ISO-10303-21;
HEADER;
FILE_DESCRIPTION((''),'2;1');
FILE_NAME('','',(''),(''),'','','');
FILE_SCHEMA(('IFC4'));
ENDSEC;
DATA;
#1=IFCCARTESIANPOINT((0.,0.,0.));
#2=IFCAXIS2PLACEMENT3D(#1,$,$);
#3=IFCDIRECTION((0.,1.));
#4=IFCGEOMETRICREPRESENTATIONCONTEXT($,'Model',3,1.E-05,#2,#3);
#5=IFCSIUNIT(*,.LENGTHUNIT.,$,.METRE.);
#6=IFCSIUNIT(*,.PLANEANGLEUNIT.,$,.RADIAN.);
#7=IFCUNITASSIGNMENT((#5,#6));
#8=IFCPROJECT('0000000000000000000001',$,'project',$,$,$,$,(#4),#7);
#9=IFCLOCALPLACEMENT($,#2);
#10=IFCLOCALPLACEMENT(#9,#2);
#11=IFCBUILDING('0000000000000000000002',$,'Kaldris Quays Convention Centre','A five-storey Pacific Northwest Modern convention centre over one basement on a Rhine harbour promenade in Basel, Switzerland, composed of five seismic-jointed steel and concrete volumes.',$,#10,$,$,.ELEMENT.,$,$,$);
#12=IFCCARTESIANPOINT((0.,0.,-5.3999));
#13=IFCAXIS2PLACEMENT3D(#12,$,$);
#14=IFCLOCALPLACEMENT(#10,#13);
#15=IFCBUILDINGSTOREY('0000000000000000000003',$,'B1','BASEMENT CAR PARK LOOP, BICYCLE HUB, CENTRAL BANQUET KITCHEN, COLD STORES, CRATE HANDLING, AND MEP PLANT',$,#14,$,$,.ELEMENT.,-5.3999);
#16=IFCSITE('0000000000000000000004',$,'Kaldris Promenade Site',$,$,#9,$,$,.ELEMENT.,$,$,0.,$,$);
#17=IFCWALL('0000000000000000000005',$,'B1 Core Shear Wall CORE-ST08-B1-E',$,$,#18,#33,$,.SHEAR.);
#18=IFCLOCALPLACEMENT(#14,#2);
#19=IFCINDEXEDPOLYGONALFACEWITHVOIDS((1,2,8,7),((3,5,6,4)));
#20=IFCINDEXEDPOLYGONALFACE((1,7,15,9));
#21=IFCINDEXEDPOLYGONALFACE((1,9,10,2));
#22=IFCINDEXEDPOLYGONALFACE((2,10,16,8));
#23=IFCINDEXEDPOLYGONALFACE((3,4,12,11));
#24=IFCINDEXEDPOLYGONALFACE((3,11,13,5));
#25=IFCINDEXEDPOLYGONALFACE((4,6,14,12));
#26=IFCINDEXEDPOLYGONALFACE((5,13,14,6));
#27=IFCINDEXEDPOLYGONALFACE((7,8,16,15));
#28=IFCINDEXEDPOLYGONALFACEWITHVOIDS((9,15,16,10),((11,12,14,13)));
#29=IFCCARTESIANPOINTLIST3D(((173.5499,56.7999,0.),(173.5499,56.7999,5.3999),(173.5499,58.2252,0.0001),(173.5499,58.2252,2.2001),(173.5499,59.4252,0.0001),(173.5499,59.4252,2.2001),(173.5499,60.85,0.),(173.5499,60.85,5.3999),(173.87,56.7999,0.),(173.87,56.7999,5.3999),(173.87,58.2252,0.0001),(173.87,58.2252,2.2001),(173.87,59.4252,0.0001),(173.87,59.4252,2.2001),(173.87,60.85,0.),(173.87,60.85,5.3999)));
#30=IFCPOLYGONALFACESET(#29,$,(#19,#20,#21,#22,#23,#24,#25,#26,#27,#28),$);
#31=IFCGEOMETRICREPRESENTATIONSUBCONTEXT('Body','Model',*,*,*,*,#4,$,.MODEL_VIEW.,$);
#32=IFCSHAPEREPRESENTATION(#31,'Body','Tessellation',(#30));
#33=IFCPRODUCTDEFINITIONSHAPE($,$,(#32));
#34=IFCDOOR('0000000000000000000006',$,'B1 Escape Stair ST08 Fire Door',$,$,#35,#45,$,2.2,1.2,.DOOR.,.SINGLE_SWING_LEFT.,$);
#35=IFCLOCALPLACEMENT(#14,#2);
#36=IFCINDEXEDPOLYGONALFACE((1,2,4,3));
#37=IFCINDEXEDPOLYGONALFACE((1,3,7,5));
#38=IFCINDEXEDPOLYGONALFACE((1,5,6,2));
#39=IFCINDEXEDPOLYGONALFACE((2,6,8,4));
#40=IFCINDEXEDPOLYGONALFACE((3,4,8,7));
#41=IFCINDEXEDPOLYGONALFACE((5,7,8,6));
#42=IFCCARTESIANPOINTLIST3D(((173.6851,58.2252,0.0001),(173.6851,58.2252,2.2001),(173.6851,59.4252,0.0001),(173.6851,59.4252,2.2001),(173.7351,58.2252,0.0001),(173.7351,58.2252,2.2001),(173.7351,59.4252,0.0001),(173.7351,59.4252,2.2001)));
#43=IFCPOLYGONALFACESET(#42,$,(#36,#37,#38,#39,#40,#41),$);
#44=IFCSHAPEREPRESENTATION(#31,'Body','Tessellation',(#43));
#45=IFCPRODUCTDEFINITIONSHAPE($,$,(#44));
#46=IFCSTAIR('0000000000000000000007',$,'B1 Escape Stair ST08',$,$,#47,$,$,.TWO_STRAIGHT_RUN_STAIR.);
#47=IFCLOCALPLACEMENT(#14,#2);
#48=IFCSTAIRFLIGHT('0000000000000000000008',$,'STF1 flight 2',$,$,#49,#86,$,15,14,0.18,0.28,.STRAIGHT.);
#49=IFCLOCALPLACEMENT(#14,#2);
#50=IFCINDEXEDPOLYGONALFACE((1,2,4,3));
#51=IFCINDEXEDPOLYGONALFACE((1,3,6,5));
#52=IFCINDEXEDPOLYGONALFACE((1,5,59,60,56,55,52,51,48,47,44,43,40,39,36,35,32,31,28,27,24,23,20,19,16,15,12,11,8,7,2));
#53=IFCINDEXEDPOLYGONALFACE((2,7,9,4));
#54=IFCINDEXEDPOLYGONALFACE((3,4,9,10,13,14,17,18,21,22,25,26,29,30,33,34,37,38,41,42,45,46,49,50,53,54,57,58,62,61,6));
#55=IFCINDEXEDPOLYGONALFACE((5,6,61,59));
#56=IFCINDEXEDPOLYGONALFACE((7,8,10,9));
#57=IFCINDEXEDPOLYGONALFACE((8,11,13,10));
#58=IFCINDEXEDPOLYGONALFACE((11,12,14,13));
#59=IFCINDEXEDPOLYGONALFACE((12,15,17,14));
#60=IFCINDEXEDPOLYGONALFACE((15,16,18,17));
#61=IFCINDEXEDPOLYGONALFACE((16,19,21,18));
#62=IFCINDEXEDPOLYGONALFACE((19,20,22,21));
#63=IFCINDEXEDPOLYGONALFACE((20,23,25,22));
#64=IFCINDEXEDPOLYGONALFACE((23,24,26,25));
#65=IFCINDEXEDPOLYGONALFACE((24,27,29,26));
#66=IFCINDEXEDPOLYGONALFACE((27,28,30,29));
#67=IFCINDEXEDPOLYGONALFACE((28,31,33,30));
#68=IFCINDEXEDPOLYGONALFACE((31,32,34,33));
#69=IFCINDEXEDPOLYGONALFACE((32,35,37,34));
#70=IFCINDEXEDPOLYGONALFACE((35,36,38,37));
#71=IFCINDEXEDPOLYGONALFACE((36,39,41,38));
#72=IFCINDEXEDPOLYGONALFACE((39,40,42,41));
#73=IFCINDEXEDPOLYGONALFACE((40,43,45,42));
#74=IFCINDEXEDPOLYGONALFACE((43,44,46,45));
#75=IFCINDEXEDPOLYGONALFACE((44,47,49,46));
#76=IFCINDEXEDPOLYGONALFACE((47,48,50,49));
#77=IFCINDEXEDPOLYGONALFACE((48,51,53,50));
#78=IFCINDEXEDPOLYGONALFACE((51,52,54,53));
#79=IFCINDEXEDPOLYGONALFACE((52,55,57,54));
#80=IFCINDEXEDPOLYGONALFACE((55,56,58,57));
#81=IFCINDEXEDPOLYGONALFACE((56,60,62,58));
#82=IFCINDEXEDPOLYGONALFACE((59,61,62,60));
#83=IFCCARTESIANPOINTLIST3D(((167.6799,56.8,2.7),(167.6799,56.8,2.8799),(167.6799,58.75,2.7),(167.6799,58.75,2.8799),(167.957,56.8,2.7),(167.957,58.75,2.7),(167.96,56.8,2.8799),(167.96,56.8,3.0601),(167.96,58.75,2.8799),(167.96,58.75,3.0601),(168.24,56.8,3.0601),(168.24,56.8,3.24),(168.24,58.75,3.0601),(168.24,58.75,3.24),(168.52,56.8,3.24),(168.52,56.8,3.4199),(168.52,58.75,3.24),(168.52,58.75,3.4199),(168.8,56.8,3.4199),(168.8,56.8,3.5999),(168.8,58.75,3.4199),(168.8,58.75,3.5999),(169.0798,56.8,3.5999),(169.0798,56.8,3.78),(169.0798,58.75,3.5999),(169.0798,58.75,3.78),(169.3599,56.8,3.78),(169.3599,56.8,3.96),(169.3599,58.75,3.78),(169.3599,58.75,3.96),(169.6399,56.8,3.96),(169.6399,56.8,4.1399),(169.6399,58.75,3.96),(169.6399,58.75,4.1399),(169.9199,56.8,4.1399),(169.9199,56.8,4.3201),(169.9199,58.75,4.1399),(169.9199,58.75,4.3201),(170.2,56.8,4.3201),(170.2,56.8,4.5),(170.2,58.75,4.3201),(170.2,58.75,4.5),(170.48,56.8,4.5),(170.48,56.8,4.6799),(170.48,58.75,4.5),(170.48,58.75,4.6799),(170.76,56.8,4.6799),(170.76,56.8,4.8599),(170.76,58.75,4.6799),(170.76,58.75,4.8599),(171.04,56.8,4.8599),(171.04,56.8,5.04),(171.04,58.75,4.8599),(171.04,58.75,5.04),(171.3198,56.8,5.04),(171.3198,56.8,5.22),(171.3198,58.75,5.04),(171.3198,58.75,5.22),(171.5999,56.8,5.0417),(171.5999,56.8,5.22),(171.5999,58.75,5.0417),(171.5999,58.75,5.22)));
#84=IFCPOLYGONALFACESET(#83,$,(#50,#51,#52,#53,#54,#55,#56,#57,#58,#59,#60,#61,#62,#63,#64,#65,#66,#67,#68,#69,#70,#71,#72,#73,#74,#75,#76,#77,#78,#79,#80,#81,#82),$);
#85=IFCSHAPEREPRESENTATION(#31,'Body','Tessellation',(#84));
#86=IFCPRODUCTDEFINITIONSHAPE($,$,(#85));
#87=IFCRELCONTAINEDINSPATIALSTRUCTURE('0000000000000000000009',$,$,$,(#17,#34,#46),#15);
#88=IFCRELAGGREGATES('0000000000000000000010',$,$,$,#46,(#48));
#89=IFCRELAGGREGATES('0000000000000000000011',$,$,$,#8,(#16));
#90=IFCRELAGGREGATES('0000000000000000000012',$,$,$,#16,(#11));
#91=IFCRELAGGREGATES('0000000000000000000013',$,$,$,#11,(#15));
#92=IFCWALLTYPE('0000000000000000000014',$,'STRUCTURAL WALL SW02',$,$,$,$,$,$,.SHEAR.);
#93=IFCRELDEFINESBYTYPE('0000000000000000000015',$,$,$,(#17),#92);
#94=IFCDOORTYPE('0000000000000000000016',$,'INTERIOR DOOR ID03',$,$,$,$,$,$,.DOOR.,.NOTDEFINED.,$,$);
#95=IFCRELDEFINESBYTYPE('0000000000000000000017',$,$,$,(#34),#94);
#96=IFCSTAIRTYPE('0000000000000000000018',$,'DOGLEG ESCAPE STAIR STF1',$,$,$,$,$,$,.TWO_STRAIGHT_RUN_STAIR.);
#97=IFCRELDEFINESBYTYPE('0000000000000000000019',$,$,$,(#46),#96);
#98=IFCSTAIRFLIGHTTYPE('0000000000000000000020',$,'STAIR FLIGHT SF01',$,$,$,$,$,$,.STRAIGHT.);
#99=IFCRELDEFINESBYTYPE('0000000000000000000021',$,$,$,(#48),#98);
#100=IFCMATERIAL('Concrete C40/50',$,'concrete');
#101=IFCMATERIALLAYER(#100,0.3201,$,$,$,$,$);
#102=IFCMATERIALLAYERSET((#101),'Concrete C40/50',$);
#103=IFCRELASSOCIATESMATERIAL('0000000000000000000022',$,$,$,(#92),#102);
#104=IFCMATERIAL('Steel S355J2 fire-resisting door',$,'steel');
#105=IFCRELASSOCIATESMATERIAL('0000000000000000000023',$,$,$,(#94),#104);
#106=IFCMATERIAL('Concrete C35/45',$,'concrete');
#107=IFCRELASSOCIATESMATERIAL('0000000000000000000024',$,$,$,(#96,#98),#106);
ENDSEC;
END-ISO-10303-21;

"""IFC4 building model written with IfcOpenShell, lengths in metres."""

from ifc_helpers import new_model, si_unit, direction, frame, frame_2d, origin, place, context, subcontext, project, spatial, polyline, rectangle, outline, extrude, material, layer, layer_set, type_object, element, fill, aggregate, save


model = new_model("IFC4")

# Units and contexts
model_context = context("Model", 3, precision=1e-05, world=origin(), true_north=direction((0.0, 1.0)))
body_context = subcontext(model_context, "Body", "Model", "MODEL_VIEW")
ifc_project = project(units=[si_unit("LENGTHUNIT", "METRE"), si_unit("PLANEANGLEUNIT", "RADIAN")], contexts=[model_context])

# Site, building, storey
site_placement = place(None, origin())
site = spatial("IfcSite", under=ifc_project, at=site_placement, Name="Kaldris Promenade Site", CompositionType="ELEMENT", RefElevation=0.0)
building_placement = place(site_placement, origin())
building = spatial("IfcBuilding", under=site, at=building_placement, Name="Kaldris Quays Convention Centre", Description="A five-storey Pacific Northwest Modern convention centre over one basement on a Rhine harbour promenade in Basel, Switzerland, composed of five seismic-jointed steel and concrete volumes.", CompositionType="ELEMENT")
storey_placement = place(building_placement, frame((0.0, 0.0, -5.3999)))
storey = spatial("IfcBuildingStorey", under=building, at=storey_placement, Name="B1", Description="BASEMENT CAR PARK LOOP, BICYCLE HUB, CENTRAL BANQUET KITCHEN, COLD STORES, CRATE HANDLING, AND MEP PLANT", CompositionType="ELEMENT", Elevation=-5.3999)

# Shared definitions
ifc_material_1 = material(Name="Concrete C35/45", Category="concrete")

# Shared definitions
ifc_material_2 = material(Name="Concrete C40/50", Category="concrete")

# Wall, opening, door
ifc_layer = layer(ifc_material_2, 0.3201)
ifc_layer_set = layer_set([ifc_layer], Name="Concrete C40/50")
wall_type = type_object("IfcWallType", Name="STRUCTURAL WALL SW02", PredefinedType="SHEAR", material=ifc_layer_set)
wall_placement = place(storey_placement, frame((173.71, 56.8, 0.0), z_axis=(0.0, 0.0, 1.0), x_axis=(0.0, 1.0, 0.0)))
wall = element("IfcWall", 1, at=wall_placement, inside=storey, type_object=wall_type, Name="B1 Core Shear Wall CORE-ST08-B1-E", PredefinedType="SHEAR", context=body_context, shape_type="SweptSolid", body=[
    extrude(rectangle(XDim=4.05, YDim=0.3201, at=frame_2d((2.0249, 0.0))), origin(), (0.0, 0.0, 1.0), 5.3999),
])
opening_placement = place(wall_placement, frame((1.425, 0.0, 0.0)))
opening = element("IfcOpeningElement", 2, at=opening_placement, cuts=wall, PredefinedType="OPENING", context=body_context, shape_type="SweptSolid", body=[
    extrude(rectangle(XDim=1.2, YDim=2.2, at=frame_2d((0.6001, 1.1001))), frame((0.0, 0.1699, 0.0), z_axis=(0.0, -1.0, 0.0), x_axis=(1.0, 0.0, 0.0)), (0.0, 0.0, 1.0), 0.3401),
])
ifc_material_3 = material(Name="Steel S355J2 fire-resisting door", Category="steel")
door_type = type_object("IfcDoorType", Name="INTERIOR DOOR ID03", OperationType="NOTDEFINED", PredefinedType="DOOR", material=ifc_material_3)
door_placement = place(opening_placement, origin())
door = element("IfcDoor", 3, at=door_placement, inside=storey, type_object=door_type, Name="B1 Escape Stair ST08 Fire Door", OperationType="SINGLE_SWING_LEFT", OverallHeight=2.2, OverallWidth=1.2, PredefinedType="DOOR", context=body_context, shape_type="SweptSolid", body=[
    extrude(rectangle(XDim=1.2, YDim=2.2, at=frame_2d((0.6001, 1.1001))), frame((0.0, 0.0249, 0.0), z_axis=(0.0, -1.0, 0.0), x_axis=(1.0, 0.0, 0.0)), (0.0, 0.0, 1.0), 0.05),
])
fill(opening, door)

# Stair, stair flight
stair_type = type_object("IfcStairType", Name="DOGLEG ESCAPE STAIR STF1", PredefinedType="TWO_STRAIGHT_RUN_STAIR", material=ifc_material_1)
stair_placement = place(storey_placement, origin())
stair = element("IfcStair", 4, at=stair_placement, inside=storey, type_object=stair_type, Name="B1 Escape Stair ST08", PredefinedType="TWO_STRAIGHT_RUN_STAIR")
stair_flight_type = type_object("IfcStairFlightType", Name="STAIR FLIGHT SF01", PredefinedType="STRAIGHT", material=ifc_material_1)
stair_flight_placement = place(storey_placement, frame((167.6799, 57.7749, 2.7), z_axis=(0.0, 0.0, 1.0), x_axis=(1.0, 0.0, 0.0)))
stair_flight = element("IfcStairFlight", 5, at=stair_flight_placement, type_object=stair_flight_type, Name="STF1 flight 2", NumberOfRisers=15, NumberOfTreads=14, PredefinedType="STRAIGHT", RiserHeight=0.18, TreadLength=0.28, context=body_context, shape_type="SweptSolid", body=[
    extrude(outline(polyline([(0.0, 0.0), (0.0, 0.1799), (0.28, 0.1799), (0.28, 0.3601), (0.5601, 0.3601), (0.5601, 0.54), (0.8401, 0.54), (0.8401, 0.72), (1.1201, 0.72), (1.1201, 0.8999), (1.3999, 0.8999), (1.3999, 1.0801), (1.6799, 1.0801), (1.6799, 1.26), (1.96, 1.26), (1.96, 1.4399), (2.24, 1.4399), (2.24, 1.6201), (2.52, 1.6201), (2.52, 1.8), (2.8, 1.8), (2.8, 1.98), (3.0801, 1.98), (3.0801, 2.1599), (3.3601, 2.1599), (3.3601, 2.3401), (3.6399, 2.3401), (3.6399, 2.52), (3.9199, 2.52), (3.9199, 2.7), (3.9199, 2.3418), (0.2771, 0.0), (0.0, 0.0)])), frame((0.0, 0.9751, 0.0), z_axis=(0.0, -1.0, 0.0), x_axis=(1.0, 0.0, 0.0)), (0.0, 0.0, 1.0), 1.95),
])
aggregate(stair, [stair_flight])

save(model, "model.ifc")
